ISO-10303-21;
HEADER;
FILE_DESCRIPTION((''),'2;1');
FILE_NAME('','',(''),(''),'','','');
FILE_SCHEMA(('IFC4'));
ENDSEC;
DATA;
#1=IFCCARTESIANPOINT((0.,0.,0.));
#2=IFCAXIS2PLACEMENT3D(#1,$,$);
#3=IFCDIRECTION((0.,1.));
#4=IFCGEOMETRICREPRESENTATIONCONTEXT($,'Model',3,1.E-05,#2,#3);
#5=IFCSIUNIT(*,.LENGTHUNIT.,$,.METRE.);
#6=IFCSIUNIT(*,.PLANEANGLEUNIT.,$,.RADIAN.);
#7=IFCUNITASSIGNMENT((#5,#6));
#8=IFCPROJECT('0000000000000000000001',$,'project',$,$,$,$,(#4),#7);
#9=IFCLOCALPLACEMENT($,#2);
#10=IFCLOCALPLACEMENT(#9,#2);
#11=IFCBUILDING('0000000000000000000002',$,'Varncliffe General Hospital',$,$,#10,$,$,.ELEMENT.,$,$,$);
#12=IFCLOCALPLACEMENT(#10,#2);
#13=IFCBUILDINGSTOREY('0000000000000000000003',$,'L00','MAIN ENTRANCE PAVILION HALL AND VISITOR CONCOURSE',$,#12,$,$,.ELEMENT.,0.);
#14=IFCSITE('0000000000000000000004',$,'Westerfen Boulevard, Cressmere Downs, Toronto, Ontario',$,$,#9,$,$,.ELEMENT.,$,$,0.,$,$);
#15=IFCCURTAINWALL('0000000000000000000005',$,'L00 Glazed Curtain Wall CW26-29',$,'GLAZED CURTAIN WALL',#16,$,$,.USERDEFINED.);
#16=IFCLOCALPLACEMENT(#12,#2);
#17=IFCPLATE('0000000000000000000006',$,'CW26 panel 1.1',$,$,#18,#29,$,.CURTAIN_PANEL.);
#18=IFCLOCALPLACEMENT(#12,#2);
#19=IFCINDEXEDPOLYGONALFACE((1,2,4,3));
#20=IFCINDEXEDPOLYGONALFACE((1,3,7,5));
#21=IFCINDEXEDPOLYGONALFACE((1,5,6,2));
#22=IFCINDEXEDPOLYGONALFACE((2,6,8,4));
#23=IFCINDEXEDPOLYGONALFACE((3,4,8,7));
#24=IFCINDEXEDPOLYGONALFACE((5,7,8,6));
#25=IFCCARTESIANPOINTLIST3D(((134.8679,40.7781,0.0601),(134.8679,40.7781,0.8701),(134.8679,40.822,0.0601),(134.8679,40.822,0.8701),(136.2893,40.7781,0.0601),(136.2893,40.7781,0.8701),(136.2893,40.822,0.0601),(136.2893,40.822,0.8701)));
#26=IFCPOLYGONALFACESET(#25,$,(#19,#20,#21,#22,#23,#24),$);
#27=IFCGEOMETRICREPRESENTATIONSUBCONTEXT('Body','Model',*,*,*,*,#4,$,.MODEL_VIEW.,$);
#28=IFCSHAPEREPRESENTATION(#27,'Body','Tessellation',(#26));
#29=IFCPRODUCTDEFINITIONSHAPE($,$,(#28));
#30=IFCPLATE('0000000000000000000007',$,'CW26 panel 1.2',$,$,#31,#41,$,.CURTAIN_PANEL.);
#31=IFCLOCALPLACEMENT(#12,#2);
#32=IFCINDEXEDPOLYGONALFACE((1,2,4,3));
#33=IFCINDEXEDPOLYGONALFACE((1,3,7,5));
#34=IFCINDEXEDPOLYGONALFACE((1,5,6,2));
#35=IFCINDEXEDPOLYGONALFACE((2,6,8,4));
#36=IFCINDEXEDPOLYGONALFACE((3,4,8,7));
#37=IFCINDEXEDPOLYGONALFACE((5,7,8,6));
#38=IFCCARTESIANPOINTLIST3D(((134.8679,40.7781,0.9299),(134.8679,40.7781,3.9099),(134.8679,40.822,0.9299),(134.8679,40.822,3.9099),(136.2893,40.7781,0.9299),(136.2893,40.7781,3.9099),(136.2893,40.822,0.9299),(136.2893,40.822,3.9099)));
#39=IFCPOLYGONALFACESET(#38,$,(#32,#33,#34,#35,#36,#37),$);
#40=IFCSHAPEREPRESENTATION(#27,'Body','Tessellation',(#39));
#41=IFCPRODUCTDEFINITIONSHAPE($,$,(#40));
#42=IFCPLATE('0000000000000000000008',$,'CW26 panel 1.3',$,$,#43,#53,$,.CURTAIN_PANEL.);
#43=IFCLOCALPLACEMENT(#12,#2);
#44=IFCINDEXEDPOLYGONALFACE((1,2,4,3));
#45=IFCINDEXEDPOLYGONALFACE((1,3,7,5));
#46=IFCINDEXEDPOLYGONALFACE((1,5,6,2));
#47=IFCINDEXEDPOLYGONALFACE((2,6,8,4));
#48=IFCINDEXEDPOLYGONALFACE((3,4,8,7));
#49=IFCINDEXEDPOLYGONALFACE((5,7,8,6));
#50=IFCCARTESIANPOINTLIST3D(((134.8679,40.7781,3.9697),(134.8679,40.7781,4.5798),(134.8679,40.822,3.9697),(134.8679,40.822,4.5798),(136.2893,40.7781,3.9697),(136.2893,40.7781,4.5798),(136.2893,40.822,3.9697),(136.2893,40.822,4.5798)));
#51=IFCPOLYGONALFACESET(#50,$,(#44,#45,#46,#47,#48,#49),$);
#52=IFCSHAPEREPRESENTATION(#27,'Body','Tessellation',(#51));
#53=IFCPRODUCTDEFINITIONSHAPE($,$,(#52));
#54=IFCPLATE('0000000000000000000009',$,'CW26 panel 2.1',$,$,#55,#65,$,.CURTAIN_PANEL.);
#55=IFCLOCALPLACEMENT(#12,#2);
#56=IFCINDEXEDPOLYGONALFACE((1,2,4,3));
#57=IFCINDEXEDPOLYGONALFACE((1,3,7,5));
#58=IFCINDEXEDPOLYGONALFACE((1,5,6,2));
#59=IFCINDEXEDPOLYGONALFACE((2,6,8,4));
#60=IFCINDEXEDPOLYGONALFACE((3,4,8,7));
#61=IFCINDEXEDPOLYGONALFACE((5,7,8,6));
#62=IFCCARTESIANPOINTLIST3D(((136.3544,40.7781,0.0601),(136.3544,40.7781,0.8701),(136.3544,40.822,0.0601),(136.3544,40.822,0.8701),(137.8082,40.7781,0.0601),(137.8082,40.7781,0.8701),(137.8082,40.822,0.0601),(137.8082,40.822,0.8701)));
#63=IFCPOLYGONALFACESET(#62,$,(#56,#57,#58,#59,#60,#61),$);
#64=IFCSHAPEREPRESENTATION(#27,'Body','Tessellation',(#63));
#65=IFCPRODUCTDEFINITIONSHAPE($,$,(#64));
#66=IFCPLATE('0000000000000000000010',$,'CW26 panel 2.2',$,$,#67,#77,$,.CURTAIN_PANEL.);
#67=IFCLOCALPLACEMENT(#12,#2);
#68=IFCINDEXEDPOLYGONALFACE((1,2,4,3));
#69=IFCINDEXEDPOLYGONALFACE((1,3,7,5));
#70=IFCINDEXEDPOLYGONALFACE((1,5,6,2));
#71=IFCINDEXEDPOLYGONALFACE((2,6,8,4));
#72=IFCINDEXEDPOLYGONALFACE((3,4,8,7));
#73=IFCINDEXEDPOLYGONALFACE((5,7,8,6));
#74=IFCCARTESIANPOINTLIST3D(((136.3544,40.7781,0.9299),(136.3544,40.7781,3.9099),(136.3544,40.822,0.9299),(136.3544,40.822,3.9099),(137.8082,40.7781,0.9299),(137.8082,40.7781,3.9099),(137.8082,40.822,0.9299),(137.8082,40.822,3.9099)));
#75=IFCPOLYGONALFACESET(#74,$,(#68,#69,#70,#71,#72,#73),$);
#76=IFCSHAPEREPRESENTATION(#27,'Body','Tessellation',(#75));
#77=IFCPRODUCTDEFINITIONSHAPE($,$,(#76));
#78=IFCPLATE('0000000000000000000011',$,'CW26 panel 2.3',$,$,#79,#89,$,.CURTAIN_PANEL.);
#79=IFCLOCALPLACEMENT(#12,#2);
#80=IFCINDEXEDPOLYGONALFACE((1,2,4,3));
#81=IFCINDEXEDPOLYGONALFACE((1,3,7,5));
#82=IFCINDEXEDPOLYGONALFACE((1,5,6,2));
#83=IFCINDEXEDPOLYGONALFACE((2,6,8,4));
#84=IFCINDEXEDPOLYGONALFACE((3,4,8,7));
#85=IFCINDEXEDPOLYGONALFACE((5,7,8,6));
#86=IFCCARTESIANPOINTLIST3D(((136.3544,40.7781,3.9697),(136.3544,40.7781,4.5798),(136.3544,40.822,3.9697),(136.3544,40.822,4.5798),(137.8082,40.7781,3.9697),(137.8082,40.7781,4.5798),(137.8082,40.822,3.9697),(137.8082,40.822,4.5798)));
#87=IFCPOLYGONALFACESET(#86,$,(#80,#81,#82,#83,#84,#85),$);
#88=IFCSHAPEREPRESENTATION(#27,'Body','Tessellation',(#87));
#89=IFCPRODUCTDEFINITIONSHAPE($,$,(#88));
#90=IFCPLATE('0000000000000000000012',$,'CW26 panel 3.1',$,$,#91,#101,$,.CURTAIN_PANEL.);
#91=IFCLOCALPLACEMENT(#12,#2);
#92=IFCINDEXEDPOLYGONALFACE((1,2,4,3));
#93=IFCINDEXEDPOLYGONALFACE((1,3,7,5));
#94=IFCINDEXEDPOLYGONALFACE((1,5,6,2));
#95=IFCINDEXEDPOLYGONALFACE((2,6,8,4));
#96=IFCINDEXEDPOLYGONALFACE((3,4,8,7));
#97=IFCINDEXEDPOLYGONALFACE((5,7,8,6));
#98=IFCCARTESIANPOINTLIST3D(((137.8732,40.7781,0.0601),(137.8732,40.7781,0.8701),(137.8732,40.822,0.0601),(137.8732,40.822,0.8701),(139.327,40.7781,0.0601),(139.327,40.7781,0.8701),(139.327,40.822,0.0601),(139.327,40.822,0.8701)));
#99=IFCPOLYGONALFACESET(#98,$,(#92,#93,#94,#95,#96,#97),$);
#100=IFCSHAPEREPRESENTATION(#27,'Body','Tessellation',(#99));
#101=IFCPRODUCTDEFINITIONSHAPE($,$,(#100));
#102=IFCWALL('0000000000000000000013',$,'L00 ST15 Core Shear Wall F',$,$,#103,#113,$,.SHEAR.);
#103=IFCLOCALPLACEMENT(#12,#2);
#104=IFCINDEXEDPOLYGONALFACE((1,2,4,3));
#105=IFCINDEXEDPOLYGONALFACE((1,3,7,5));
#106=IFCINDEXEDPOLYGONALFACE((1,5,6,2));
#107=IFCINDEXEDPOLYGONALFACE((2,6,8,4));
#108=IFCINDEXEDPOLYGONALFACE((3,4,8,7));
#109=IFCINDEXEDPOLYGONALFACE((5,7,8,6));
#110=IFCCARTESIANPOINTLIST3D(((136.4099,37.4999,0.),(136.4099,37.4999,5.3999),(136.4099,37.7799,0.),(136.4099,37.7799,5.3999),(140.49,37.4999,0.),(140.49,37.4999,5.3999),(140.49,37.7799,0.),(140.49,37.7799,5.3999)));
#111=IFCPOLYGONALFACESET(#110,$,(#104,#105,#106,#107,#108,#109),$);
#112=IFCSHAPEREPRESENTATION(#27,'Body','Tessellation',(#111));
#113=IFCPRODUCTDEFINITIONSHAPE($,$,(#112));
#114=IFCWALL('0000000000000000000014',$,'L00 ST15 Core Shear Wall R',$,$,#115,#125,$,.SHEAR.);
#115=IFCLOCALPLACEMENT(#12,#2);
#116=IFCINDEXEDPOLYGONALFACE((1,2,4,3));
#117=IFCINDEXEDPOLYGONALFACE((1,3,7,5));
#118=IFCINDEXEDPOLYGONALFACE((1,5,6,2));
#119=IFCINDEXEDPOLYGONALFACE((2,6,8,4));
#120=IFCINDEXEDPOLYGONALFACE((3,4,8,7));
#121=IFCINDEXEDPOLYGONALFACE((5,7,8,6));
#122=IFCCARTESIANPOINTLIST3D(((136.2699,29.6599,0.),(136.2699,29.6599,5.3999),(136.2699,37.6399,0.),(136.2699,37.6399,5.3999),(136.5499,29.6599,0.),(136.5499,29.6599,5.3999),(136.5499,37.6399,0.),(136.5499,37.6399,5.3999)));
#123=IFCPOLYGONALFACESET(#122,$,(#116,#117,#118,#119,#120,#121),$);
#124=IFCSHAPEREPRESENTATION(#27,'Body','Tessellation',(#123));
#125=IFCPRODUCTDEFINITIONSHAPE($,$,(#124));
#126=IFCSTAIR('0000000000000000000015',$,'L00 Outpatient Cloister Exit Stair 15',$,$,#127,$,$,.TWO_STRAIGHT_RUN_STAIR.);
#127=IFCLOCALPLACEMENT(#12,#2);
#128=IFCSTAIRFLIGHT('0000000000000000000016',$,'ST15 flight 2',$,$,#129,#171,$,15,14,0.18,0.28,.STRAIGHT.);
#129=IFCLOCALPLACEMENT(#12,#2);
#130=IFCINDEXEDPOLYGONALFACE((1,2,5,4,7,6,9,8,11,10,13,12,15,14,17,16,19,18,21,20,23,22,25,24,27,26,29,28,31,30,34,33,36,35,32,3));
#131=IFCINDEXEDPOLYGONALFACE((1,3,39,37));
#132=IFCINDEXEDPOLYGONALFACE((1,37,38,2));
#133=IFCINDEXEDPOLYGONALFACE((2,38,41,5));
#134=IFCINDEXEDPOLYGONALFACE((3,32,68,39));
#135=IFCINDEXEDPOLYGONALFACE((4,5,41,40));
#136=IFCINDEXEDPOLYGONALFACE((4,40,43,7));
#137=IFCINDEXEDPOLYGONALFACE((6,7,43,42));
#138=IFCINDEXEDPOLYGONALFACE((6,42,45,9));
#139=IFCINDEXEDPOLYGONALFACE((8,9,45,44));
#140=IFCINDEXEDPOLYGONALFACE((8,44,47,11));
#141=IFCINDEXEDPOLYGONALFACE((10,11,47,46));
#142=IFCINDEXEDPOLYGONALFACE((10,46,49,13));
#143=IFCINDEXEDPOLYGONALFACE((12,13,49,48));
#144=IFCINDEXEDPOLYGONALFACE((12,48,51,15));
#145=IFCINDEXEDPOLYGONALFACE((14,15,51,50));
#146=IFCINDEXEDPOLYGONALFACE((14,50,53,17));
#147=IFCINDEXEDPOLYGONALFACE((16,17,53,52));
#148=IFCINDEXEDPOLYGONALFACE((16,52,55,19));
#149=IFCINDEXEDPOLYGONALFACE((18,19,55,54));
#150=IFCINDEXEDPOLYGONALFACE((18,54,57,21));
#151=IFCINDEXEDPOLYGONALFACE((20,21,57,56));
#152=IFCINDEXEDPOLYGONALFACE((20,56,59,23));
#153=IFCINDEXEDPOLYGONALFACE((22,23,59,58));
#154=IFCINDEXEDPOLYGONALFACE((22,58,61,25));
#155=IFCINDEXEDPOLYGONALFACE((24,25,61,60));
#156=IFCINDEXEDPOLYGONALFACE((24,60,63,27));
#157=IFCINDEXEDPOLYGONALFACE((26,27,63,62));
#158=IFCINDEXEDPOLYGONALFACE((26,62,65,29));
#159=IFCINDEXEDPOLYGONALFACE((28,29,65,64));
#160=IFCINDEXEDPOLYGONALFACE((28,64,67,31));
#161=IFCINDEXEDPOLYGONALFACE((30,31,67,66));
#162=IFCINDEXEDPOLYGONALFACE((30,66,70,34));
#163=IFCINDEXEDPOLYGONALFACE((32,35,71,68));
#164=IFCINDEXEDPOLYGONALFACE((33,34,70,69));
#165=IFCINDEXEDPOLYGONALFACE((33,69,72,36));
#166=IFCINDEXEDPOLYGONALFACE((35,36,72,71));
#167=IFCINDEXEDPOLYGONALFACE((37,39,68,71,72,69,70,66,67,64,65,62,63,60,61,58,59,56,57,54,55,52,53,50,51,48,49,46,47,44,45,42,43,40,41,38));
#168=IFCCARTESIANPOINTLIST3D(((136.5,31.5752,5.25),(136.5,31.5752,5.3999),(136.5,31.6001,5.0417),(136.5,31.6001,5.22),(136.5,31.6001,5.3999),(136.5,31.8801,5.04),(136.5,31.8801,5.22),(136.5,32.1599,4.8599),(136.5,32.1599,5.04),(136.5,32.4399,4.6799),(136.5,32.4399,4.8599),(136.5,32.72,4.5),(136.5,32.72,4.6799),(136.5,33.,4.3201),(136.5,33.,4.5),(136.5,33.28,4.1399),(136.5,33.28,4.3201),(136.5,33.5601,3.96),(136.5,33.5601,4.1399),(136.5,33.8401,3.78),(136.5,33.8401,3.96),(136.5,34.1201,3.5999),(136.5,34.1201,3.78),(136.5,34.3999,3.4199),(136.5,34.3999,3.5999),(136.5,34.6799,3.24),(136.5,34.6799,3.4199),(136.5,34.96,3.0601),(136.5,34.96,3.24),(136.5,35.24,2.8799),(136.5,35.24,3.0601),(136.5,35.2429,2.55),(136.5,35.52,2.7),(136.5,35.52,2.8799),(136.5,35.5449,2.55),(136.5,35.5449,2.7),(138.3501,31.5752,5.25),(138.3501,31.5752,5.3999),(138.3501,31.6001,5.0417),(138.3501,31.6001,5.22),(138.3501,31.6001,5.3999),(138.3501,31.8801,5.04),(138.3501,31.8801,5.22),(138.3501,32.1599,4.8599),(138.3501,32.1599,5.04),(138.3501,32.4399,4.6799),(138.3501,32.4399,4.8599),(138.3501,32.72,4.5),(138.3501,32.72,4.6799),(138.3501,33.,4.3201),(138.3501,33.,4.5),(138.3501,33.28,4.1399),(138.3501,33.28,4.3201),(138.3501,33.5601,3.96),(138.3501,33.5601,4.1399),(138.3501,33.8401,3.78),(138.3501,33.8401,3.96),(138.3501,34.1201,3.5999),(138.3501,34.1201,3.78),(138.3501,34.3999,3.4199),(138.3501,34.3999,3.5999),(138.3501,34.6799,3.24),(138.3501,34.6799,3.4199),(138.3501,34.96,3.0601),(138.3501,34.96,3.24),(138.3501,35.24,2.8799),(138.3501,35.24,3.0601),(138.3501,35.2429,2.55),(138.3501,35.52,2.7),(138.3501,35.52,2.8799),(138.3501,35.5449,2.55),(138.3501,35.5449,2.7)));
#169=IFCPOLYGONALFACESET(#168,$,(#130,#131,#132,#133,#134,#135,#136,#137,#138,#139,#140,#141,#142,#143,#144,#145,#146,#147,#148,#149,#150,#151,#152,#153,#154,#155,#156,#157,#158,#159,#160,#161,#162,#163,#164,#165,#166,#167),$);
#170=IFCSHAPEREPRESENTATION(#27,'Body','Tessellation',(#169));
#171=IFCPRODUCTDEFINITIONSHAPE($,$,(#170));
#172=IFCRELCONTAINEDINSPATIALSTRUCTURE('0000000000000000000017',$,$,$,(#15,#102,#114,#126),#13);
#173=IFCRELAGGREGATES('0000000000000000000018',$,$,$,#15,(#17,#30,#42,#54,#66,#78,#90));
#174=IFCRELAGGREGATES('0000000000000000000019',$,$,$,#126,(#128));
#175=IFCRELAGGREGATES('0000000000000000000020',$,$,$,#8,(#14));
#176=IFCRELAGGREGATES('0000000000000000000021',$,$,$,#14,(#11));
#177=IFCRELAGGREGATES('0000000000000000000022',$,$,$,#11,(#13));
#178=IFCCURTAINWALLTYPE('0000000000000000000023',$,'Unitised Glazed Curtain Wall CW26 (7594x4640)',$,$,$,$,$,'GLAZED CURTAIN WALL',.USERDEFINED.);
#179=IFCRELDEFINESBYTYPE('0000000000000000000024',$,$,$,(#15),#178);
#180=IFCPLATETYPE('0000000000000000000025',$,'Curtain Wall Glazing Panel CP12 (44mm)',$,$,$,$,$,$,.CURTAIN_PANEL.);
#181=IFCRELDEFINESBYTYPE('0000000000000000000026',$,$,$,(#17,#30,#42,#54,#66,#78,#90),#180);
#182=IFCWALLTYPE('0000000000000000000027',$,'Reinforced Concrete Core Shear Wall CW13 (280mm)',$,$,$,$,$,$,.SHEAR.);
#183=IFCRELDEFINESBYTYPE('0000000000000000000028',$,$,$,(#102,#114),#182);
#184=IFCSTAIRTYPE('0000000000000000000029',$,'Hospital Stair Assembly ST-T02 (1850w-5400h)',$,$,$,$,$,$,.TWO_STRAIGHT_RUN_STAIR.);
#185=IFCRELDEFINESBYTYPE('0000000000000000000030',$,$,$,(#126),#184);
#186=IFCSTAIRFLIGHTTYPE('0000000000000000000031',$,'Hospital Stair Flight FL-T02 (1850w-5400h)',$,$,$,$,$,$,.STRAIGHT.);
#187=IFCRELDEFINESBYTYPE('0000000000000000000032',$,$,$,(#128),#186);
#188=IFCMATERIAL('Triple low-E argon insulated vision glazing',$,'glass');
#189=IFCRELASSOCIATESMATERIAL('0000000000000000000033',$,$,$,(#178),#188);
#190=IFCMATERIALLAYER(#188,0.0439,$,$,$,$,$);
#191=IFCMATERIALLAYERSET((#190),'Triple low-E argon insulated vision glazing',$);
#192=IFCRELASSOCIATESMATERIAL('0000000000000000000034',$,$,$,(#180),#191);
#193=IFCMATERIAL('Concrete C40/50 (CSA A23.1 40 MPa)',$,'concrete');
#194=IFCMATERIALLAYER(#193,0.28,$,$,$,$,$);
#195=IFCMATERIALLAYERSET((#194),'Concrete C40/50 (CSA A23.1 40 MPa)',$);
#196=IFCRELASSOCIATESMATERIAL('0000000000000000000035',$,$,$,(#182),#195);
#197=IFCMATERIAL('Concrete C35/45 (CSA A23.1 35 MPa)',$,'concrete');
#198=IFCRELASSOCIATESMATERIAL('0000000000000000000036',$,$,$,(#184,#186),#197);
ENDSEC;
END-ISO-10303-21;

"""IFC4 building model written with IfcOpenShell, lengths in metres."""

from ifc_helpers import new_model, si_unit, direction, frame, frame_2d, origin, origin_2d, place, context, subcontext, project, spatial, polyline, rectangle, outline, extrude, material, layer, layer_set, type_object, element, aggregate, save


model = new_model("IFC4")

# Units and contexts
model_context = context("Model", 3, precision=1e-05, world=origin(), true_north=direction((0.0, 1.0)))
body_context = subcontext(model_context, "Body", "Model", "MODEL_VIEW")
ifc_project = project(units=[si_unit("LENGTHUNIT", "METRE"), si_unit("PLANEANGLEUNIT", "RADIAN")], contexts=[model_context])

# Site, building, storey
site_placement = place(None, origin())
site = spatial("IfcSite", under=ifc_project, at=site_placement, Name="Westerfen Boulevard, Cressmere Downs, Toronto, Ontario", CompositionType="ELEMENT", RefElevation=0.0)
building_placement = place(site_placement, origin())
building = spatial("IfcBuilding", under=site, at=building_placement, Name="Varncliffe General Hospital", CompositionType="ELEMENT")
storey_placement = place(building_placement, origin())
storey = spatial("IfcBuildingStorey", under=building, at=storey_placement, Name="L00", Description="MAIN ENTRANCE PAVILION HALL AND VISITOR CONCOURSE", CompositionType="ELEMENT", Elevation=0.0)

# Shared definitions
ifc_material_1 = material(Name="Concrete C40/50 (CSA A23.1 40 MPa)", Category="concrete")

# Shared definitions
ifc_material_2 = material(Name="Concrete C35/45 (CSA A23.1 35 MPa)", Category="concrete")

# Curtain wall
ifc_material_3 = material(Name="Triple low-E argon insulated vision glazing", Category="glass")
curtain_wall_type = type_object("IfcCurtainWallType", Name="Unitised Glazed Curtain Wall CW26 (7594x4640)", ElementType="GLAZED CURTAIN WALL", PredefinedType="USERDEFINED", material=ifc_material_3)
curtain_wall_placement = place(storey_placement, origin())
curtain_wall = element("IfcCurtainWall", 1, at=curtain_wall_placement, inside=storey, type_object=curtain_wall_type, Name="L00 Glazed Curtain Wall CW26-29", ObjectType="GLAZED CURTAIN WALL", PredefinedType="USERDEFINED")

# Plates
ifc_layer_1 = layer(ifc_material_3, 0.0439)
ifc_layer_set_1 = layer_set([ifc_layer_1], Name="Triple low-E argon insulated vision glazing")
plate_type = type_object("IfcPlateType", Name="Curtain Wall Glazing Panel CP12 (44mm)", PredefinedType="CURTAIN_PANEL", material=ifc_layer_set_1)
plate_1_placement = place(storey_placement, frame((135.5786, 40.8, 0.0601), z_axis=(0.0, 0.0, 1.0), x_axis=(1.0, 0.0, 0.0)))
plate_1 = element("IfcPlate", 2, at=plate_1_placement, type_object=plate_type, Name="CW26 panel 1.1", PredefinedType="CURTAIN_PANEL", context=body_context, shape_type="SweptSolid", body=[
    extrude(rectangle(XDim=1.4214, YDim=0.0439, at=origin_2d()), origin(), (0.0, 0.0, 1.0), 0.8101),
])
plate_2_placement = place(storey_placement, frame((135.5786, 40.8, 0.9299), z_axis=(0.0, 0.0, 1.0), x_axis=(1.0, 0.0, 0.0)))
plate_2 = element("IfcPlate", 3, at=plate_2_placement, type_object=plate_type, Name="CW26 panel 1.2", PredefinedType="CURTAIN_PANEL", context=body_context, shape_type="SweptSolid", body=[
    extrude(rectangle(XDim=1.4214, YDim=0.0439, at=origin_2d()), origin(), (0.0, 0.0, 1.0), 2.98),
])
plate_3_placement = place(storey_placement, frame((135.5786, 40.8, 3.9697), z_axis=(0.0, 0.0, 1.0), x_axis=(1.0, 0.0, 0.0)))
plate_3 = element("IfcPlate", 4, at=plate_3_placement, type_object=plate_type, Name="CW26 panel 1.3", PredefinedType="CURTAIN_PANEL", context=body_context, shape_type="SweptSolid", body=[
    extrude(rectangle(XDim=1.4214, YDim=0.0439, at=origin_2d()), origin(), (0.0, 0.0, 1.0), 0.6101),
])
plate_4_placement = place(storey_placement, frame((137.0813, 40.8, 0.0601), z_axis=(0.0, 0.0, 1.0), x_axis=(1.0, 0.0, 0.0)))
plate_4 = element("IfcPlate", 5, at=plate_4_placement, type_object=plate_type, Name="CW26 panel 2.1", PredefinedType="CURTAIN_PANEL", context=body_context, shape_type="SweptSolid", body=[
    extrude(rectangle(XDim=1.4539, YDim=0.0439, at=origin_2d()), origin(), (0.0, 0.0, 1.0), 0.8101),
])
plate_5_placement = place(storey_placement, frame((137.0813, 40.8, 0.9299), z_axis=(0.0, 0.0, 1.0), x_axis=(1.0, 0.0, 0.0)))
plate_5 = element("IfcPlate", 6, at=plate_5_placement, type_object=plate_type, Name="CW26 panel 2.2", PredefinedType="CURTAIN_PANEL", context=body_context, shape_type="SweptSolid", body=[
    extrude(rectangle(XDim=1.4539, YDim=0.0439, at=origin_2d()), origin(), (0.0, 0.0, 1.0), 2.98),
])
plate_6_placement = place(storey_placement, frame((137.0813, 40.8, 3.9697), z_axis=(0.0, 0.0, 1.0), x_axis=(1.0, 0.0, 0.0)))
plate_6 = element("IfcPlate", 7, at=plate_6_placement, type_object=plate_type, Name="CW26 panel 2.3", PredefinedType="CURTAIN_PANEL", context=body_context, shape_type="SweptSolid", body=[
    extrude(rectangle(XDim=1.4539, YDim=0.0439, at=origin_2d()), origin(), (0.0, 0.0, 1.0), 0.6101),
])
plate_7_placement = place(storey_placement, frame((138.6001, 40.8, 0.0601), z_axis=(0.0, 0.0, 1.0), x_axis=(1.0, 0.0, 0.0)))
plate_7 = element("IfcPlate", 8, at=plate_7_placement, type_object=plate_type, Name="CW26 panel 3.1", PredefinedType="CURTAIN_PANEL", context=body_context, shape_type="SweptSolid", body=[
    extrude(rectangle(XDim=1.4539, YDim=0.0439, at=origin_2d()), origin(), (0.0, 0.0, 1.0), 0.8101),
])
aggregate(curtain_wall, [plate_1, plate_2, plate_3, plate_4, plate_5, plate_6, plate_7])

# Walls
ifc_layer_2 = layer(ifc_material_1, 0.28)
ifc_layer_set_2 = layer_set([ifc_layer_2], Name="Concrete C40/50 (CSA A23.1 40 MPa)")
wall_type = type_object("IfcWallType", Name="Reinforced Concrete Core Shear Wall CW13 (280mm)", PredefinedType="SHEAR", material=ifc_layer_set_2)
wall_1_placement = place(storey_placement, frame((140.49, 37.6399, 0.0), z_axis=(0.0, 0.0, 1.0), x_axis=(-1.0, 0.0, 0.0)))
element("IfcWall", 9, at=wall_1_placement, inside=storey, type_object=wall_type, Name="L00 ST15 Core Shear Wall F", PredefinedType="SHEAR", context=body_context, shape_type="SweptSolid", body=[
    extrude(rectangle(XDim=4.0801, YDim=0.28, at=frame_2d((2.04, 0.0))), origin(), (0.0, 0.0, 1.0), 5.3999),
])
wall_2_placement = place(storey_placement, frame((136.4099, 37.6399, 0.0), z_axis=(0.0, 0.0, 1.0), x_axis=(0.0, -1.0, 0.0)))
element("IfcWall", 10, at=wall_2_placement, inside=storey, type_object=wall_type, Name="L00 ST15 Core Shear Wall R", PredefinedType="SHEAR", context=body_context, shape_type="SweptSolid", body=[
    extrude(rectangle(XDim=7.98, YDim=0.28, at=frame_2d((3.99, 0.0))), origin(), (0.0, 0.0, 1.0), 5.3999),
])

# Stair, stair flight
stair_type = type_object("IfcStairType", Name="Hospital Stair Assembly ST-T02 (1850w-5400h)", PredefinedType="TWO_STRAIGHT_RUN_STAIR", material=ifc_material_2)
stair_placement = place(storey_placement, origin())
stair = element("IfcStair", 11, at=stair_placement, inside=storey, type_object=stair_type, Name="L00 Outpatient Cloister Exit Stair 15", PredefinedType="TWO_STRAIGHT_RUN_STAIR")
stair_flight_type = type_object("IfcStairFlightType", Name="Hospital Stair Flight FL-T02 (1850w-5400h)", PredefinedType="STRAIGHT", material=ifc_material_2)
stair_flight_placement = place(storey_placement, frame((137.425, 35.52, 2.7), z_axis=(0.0, 0.0, 1.0), x_axis=(0.0, -1.0, 0.0)))
stair_flight = element("IfcStairFlight", 12, at=stair_flight_placement, type_object=stair_flight_type, Name="ST15 flight 2", NumberOfRisers=15, NumberOfTreads=14, PredefinedType="STRAIGHT", RiserHeight=0.18, TreadLength=0.28, context=body_context, shape_type="SweptSolid", body=[
    extrude(outline(polyline([(-0.0249, -0.1499), (-0.0249, 0.0), (0.0, 0.0), (0.0, 0.1799), (0.28, 0.1799), (0.28, 0.3601), (0.5601, 0.3601), (0.5601, 0.54), (0.8401, 0.54), (0.8401, 0.72), (1.1201, 0.72), (1.1201, 0.8999), (1.3999, 0.8999), (1.3999, 1.0801), (1.6799, 1.0801), (1.6799, 1.26), (1.96, 1.26), (1.96, 1.4399), (2.24, 1.4399), (2.24, 1.6201), (2.52, 1.6201), (2.52, 1.8), (2.8, 1.8), (2.8, 1.98), (3.0801, 1.98), (3.0801, 2.1599), (3.3601, 2.1599), (3.3601, 2.3401), (3.6399, 2.3401), (3.6399, 2.52), (3.9199, 2.52), (3.9199, 2.7), (3.9448, 2.7), (3.9448, 2.55), (3.9199, 2.3418), (0.2771, -0.1499), (-0.0249, -0.1499)])), frame((0.0, 0.925, 0.0), z_axis=(0.0, -1.0, 0.0), x_axis=(1.0, 0.0, 0.0)), (0.0, 0.0, 1.0), 1.8501),
])
aggregate(stair, [stair_flight])

save(model, "model.ifc")
